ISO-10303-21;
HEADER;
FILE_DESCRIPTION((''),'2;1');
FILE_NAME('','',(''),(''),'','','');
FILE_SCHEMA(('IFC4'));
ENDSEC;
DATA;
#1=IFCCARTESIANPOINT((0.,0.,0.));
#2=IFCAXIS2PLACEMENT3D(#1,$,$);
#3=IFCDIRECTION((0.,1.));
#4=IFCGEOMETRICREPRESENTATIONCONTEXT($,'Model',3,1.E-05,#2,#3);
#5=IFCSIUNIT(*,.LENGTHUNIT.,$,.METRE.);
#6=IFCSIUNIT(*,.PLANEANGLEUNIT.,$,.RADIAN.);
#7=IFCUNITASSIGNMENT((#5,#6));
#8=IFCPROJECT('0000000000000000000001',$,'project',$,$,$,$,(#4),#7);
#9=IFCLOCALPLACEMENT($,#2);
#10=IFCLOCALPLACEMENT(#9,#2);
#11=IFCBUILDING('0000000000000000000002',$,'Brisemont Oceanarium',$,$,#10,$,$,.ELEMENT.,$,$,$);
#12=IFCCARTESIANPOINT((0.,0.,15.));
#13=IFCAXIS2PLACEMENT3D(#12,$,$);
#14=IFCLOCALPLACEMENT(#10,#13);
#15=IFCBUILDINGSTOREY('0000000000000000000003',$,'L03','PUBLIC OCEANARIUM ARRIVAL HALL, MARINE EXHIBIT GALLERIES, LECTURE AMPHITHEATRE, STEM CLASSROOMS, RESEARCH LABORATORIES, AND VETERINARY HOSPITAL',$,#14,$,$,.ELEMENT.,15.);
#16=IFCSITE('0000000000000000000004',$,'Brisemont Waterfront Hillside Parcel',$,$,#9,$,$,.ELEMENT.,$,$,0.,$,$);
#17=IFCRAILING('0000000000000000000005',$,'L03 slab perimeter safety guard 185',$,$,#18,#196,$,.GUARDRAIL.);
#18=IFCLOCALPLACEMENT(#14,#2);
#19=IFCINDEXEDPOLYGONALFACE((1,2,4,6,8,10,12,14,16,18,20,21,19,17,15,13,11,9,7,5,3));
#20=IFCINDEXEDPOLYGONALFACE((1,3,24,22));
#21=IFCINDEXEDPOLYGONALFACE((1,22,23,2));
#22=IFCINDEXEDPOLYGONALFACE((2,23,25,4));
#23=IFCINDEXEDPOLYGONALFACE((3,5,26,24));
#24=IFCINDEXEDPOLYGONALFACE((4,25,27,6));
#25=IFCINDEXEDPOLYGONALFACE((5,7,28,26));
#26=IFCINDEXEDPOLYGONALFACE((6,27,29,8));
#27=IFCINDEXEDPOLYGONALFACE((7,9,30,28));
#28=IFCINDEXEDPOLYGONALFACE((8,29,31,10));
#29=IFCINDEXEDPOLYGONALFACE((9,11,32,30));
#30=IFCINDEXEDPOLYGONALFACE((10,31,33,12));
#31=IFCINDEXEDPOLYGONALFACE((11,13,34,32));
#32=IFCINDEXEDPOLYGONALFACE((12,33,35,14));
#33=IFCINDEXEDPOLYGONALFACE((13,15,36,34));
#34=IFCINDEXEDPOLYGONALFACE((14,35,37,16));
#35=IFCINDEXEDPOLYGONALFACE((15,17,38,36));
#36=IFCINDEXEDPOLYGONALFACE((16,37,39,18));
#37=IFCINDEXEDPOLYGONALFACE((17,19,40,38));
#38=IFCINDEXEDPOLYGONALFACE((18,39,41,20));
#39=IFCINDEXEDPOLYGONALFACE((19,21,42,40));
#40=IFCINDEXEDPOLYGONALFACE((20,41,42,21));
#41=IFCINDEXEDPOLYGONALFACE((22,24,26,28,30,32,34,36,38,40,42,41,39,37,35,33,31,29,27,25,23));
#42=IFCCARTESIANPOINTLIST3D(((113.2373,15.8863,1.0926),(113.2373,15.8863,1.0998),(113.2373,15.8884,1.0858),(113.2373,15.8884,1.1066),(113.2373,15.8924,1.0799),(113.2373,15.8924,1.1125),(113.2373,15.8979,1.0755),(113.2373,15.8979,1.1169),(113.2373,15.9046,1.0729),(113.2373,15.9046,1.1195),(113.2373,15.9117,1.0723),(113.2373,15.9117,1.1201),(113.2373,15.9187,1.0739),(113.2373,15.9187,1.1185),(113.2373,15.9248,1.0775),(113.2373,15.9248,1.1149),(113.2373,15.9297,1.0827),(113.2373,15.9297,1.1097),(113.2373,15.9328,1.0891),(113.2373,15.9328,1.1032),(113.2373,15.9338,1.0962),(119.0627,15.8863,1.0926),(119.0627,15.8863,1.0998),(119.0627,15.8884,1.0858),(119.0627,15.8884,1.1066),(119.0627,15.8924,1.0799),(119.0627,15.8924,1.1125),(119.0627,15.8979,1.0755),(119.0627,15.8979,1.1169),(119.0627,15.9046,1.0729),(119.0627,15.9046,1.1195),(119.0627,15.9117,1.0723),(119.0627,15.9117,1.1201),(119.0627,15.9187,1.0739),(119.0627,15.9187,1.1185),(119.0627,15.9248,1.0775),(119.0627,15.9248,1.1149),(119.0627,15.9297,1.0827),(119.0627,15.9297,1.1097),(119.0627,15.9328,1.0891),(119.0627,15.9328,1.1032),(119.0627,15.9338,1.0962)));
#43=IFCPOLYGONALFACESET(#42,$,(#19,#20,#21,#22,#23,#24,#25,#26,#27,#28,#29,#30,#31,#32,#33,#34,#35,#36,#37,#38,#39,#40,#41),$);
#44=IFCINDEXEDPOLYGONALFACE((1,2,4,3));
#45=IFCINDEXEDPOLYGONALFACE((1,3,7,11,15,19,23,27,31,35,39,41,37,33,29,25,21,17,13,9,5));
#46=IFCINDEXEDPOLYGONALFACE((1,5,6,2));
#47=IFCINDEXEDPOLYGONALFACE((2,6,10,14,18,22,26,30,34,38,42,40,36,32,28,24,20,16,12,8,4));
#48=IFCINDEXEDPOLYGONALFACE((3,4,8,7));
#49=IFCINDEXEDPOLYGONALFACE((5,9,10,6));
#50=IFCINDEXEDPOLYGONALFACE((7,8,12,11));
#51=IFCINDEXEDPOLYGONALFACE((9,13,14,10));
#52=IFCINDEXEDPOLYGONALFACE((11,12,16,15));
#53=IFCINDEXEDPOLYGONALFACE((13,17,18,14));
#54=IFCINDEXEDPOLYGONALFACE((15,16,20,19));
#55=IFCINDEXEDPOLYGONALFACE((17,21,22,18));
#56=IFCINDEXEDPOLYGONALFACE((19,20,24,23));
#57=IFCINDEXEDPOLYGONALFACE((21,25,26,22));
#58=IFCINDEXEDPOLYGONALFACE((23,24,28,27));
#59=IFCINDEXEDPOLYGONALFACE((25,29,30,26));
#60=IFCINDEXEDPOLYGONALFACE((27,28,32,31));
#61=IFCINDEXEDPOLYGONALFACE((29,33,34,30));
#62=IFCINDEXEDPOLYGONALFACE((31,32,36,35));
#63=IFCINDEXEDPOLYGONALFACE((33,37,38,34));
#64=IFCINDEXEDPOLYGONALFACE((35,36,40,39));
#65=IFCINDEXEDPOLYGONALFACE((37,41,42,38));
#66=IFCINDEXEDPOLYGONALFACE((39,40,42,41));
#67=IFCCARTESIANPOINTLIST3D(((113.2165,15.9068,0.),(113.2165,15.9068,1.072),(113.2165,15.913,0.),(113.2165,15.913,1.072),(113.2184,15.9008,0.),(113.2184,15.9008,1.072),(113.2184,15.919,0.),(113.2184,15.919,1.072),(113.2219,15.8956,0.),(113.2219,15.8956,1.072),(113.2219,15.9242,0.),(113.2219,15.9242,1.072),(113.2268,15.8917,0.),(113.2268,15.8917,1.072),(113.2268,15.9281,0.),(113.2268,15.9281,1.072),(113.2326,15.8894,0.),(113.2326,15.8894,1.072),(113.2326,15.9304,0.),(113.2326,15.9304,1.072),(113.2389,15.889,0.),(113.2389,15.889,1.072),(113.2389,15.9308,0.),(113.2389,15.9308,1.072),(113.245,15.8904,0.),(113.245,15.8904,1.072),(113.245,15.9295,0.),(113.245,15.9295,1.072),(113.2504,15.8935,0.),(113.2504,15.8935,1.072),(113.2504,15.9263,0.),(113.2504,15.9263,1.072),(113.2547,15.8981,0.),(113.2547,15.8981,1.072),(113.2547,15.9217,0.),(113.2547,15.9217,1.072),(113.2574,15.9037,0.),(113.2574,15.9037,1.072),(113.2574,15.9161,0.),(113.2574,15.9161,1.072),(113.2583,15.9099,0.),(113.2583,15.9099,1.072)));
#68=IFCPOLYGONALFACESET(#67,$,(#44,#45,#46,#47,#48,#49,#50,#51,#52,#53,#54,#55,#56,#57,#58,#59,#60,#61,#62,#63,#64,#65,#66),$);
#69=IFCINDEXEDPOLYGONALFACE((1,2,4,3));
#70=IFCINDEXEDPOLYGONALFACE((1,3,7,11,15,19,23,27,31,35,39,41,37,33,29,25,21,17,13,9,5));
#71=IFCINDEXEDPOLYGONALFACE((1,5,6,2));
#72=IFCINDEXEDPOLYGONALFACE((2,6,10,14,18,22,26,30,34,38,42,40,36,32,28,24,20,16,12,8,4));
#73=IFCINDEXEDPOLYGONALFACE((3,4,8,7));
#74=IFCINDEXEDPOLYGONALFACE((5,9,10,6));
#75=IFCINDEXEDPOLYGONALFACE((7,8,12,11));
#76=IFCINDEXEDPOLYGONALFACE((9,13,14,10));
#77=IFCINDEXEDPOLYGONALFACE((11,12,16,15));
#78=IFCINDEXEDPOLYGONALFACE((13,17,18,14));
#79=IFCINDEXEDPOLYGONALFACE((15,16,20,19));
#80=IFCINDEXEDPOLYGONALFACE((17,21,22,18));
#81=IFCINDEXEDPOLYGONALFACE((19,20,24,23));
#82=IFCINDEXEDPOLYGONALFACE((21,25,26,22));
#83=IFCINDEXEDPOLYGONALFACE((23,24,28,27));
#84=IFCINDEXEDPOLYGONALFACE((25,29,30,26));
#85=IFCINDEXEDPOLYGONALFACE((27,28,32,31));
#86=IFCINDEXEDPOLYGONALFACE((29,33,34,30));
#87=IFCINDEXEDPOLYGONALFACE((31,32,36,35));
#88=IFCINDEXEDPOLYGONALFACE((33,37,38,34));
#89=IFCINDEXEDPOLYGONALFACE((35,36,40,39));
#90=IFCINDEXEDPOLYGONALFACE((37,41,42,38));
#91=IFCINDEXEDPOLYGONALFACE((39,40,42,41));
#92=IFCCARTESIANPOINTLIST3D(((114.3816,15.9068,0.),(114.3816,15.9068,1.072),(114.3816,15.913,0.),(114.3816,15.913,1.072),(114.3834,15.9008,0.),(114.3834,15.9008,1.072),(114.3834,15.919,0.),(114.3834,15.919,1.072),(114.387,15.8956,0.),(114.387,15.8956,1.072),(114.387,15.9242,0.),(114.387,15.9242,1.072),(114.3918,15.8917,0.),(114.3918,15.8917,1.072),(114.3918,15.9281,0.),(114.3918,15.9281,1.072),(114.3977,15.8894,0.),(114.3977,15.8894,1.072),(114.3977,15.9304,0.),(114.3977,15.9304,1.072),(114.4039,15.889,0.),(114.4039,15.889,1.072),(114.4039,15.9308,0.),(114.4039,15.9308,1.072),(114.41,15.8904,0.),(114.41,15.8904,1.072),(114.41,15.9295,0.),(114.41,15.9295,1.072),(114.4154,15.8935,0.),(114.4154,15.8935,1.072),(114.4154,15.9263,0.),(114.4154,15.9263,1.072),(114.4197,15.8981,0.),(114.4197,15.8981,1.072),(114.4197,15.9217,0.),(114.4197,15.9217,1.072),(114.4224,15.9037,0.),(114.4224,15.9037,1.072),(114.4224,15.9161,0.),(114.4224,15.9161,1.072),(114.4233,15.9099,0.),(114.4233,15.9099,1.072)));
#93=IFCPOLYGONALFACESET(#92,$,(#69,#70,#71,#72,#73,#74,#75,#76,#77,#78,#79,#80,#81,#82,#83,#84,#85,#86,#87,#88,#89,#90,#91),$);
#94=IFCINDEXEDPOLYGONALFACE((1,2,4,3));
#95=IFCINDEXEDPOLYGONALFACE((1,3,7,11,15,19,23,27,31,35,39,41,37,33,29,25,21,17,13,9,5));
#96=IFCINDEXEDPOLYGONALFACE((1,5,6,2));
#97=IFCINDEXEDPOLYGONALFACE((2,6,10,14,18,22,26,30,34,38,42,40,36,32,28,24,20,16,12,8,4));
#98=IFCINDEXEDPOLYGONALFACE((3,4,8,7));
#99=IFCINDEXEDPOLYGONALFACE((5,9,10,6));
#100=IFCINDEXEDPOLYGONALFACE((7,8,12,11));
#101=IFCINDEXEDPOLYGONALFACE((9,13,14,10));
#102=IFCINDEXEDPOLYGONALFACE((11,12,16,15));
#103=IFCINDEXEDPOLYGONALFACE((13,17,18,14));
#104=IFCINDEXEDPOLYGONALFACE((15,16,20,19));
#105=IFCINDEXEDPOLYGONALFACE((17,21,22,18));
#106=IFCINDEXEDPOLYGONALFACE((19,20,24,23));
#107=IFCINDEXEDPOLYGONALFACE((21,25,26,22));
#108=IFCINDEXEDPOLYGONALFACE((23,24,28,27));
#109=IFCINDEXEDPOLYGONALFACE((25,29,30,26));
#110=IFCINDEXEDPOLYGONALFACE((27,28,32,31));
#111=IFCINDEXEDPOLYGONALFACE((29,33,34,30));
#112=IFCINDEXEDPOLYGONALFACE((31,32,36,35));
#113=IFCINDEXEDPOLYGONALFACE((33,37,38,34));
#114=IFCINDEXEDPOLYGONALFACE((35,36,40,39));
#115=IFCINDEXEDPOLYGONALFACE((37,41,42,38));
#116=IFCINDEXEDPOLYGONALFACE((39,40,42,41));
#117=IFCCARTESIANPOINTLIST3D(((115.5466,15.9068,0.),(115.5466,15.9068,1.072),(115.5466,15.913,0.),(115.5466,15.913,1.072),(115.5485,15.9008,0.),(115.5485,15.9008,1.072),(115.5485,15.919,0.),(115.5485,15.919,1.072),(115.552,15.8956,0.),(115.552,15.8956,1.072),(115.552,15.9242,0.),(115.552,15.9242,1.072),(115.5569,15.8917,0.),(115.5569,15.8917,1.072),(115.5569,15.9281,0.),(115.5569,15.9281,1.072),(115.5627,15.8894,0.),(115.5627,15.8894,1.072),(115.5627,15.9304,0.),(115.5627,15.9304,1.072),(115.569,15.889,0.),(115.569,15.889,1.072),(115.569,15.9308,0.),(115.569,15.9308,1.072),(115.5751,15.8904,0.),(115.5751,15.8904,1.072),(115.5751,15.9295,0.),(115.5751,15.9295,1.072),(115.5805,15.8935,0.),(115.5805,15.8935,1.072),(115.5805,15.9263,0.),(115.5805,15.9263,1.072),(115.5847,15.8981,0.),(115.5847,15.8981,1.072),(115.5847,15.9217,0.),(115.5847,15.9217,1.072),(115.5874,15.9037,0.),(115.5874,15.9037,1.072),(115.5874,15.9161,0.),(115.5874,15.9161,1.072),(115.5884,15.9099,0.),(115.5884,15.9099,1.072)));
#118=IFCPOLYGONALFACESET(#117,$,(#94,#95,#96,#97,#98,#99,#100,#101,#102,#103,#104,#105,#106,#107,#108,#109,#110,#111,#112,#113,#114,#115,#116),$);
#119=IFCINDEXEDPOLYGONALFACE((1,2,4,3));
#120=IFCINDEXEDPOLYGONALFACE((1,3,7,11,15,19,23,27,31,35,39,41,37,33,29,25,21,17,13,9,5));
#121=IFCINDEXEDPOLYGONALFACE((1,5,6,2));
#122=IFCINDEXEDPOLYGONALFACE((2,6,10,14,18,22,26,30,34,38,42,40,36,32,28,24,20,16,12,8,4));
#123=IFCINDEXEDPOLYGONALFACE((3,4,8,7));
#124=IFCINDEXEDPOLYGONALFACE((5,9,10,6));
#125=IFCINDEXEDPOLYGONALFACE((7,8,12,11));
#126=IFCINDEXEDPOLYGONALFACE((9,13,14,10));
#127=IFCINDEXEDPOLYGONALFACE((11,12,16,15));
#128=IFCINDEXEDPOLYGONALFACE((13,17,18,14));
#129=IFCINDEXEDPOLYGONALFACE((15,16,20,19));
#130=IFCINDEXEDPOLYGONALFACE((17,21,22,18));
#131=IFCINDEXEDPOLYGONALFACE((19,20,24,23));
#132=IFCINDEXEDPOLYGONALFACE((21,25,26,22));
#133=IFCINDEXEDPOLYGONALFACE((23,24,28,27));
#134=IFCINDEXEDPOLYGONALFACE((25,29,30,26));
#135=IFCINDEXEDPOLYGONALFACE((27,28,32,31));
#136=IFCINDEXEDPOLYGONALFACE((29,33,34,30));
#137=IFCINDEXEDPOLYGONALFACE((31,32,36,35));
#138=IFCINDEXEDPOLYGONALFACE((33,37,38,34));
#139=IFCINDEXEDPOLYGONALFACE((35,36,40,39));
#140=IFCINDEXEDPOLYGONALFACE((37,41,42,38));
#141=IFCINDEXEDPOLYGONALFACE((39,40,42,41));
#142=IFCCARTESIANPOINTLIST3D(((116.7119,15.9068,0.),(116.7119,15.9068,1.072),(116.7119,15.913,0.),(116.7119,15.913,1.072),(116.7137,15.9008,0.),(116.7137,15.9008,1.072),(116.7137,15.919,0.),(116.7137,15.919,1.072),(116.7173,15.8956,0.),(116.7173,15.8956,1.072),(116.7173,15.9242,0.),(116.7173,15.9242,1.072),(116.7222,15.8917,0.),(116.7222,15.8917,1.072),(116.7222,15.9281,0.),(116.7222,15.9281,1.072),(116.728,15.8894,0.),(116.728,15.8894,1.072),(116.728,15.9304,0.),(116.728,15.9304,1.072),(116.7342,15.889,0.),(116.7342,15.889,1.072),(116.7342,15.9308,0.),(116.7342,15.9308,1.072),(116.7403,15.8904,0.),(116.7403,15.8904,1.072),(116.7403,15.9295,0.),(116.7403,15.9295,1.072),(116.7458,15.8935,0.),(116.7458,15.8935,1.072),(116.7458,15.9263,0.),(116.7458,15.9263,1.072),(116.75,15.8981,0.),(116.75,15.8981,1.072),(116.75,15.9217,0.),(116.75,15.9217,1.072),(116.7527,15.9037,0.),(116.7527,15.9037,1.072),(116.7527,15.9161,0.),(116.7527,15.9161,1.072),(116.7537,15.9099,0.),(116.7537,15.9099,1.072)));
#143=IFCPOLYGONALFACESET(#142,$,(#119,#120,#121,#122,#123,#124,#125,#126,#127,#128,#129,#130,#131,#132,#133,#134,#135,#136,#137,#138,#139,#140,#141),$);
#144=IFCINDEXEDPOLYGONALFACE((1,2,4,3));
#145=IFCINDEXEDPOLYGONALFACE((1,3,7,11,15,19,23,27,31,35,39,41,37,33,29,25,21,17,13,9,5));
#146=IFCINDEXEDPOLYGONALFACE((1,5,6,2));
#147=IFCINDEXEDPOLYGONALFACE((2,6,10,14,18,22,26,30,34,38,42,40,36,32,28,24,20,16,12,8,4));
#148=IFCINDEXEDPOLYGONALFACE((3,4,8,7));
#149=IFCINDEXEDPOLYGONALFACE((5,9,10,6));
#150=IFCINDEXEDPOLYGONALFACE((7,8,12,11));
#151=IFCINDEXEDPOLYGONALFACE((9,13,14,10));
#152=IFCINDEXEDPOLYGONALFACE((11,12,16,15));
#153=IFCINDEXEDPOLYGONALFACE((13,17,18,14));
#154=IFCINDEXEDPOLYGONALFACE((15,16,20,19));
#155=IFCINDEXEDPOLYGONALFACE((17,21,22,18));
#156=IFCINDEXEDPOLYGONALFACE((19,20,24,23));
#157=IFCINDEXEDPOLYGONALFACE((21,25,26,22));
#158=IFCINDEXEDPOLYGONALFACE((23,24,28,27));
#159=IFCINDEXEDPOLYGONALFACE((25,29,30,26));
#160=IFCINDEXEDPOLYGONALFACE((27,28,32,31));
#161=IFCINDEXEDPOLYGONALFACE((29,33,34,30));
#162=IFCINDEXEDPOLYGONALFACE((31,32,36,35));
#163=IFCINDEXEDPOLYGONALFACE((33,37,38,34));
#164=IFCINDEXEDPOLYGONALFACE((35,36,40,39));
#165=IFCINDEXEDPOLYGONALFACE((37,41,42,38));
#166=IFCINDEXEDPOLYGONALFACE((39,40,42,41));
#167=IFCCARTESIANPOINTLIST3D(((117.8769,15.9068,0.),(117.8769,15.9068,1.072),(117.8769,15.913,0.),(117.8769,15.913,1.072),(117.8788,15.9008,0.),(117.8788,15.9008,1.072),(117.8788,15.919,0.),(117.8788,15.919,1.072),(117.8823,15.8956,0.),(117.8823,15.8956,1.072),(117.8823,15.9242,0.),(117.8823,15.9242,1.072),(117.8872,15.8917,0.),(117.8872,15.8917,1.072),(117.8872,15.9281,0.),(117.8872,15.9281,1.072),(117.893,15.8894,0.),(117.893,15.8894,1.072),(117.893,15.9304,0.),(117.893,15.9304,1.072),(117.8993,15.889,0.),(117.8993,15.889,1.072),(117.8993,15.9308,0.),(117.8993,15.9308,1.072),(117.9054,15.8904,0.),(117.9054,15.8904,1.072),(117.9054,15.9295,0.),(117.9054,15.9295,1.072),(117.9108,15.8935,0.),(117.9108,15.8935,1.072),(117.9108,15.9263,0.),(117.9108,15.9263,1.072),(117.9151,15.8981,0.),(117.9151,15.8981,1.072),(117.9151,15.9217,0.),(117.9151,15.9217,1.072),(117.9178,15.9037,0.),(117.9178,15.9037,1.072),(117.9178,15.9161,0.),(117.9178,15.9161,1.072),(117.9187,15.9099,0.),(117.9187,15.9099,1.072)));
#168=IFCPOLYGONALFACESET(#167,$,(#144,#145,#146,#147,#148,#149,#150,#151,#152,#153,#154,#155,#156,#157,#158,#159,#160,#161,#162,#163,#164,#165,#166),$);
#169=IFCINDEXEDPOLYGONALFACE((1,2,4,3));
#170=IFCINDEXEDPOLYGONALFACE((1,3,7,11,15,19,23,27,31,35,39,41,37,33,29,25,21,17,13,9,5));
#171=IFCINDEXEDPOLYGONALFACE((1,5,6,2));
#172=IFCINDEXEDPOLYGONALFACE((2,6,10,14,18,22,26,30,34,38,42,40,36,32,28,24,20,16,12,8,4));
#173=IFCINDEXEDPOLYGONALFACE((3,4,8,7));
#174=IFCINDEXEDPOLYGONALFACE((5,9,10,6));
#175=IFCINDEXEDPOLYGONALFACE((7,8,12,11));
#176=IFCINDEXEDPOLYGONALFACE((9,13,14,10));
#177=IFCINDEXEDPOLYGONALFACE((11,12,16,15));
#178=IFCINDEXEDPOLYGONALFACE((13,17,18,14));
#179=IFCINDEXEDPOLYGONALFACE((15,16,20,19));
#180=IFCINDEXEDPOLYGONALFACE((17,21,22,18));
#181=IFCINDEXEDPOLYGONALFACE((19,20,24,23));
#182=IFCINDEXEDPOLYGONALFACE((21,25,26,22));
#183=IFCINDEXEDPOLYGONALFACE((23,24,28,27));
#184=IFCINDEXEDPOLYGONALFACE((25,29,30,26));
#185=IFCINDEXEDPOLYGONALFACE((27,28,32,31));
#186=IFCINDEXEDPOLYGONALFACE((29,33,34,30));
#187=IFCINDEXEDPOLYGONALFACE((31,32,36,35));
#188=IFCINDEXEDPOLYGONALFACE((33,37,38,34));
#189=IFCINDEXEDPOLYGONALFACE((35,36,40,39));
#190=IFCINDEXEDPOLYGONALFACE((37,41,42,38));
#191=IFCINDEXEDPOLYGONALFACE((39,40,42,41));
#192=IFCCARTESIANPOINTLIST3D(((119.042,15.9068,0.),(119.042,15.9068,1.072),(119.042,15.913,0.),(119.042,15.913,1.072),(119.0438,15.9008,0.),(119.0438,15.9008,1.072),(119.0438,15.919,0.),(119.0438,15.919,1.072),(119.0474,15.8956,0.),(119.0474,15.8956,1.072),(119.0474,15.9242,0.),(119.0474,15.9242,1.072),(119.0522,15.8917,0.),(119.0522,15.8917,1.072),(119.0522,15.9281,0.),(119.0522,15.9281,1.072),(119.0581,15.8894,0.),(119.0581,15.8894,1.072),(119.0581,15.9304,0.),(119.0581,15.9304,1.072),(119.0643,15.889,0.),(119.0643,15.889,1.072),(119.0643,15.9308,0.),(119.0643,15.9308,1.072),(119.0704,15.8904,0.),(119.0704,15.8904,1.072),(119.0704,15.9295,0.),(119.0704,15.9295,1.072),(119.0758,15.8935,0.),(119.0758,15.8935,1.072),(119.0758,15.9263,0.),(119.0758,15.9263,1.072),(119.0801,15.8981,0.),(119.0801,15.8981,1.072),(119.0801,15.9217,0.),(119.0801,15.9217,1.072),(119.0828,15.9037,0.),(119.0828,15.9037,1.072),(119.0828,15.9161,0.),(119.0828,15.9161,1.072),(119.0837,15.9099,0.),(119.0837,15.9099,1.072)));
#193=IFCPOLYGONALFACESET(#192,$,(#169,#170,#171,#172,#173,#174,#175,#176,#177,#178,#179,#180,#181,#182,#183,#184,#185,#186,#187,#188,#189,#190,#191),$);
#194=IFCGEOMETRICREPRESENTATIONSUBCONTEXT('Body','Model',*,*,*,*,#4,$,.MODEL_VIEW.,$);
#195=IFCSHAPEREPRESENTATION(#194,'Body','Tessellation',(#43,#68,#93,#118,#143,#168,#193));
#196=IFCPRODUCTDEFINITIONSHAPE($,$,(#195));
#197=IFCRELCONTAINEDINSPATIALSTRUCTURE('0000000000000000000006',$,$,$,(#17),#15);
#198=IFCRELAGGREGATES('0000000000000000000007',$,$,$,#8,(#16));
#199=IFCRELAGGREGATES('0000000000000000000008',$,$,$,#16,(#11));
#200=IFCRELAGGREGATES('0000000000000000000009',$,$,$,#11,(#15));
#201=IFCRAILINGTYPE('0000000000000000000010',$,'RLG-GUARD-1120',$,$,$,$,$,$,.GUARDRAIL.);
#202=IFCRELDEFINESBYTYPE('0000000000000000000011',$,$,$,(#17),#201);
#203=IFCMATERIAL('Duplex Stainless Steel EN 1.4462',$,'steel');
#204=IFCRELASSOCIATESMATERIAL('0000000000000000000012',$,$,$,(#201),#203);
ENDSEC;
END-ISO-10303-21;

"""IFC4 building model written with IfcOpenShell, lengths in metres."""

from ifc_helpers import new_model, si_unit, direction, frame, origin, origin_2d, place, context, subcontext, project, spatial, circle, extrude, material, type_object, element, save


model = new_model("IFC4")

# Units and contexts
model_context = context("Model", 3, precision=1e-05, world=origin(), true_north=direction((0.0, 1.0)))
body_context = subcontext(model_context, "Body", "Model", "MODEL_VIEW")
ifc_project = project(units=[si_unit("LENGTHUNIT", "METRE"), si_unit("PLANEANGLEUNIT", "RADIAN")], contexts=[model_context])

# Site, building, storey
site_placement = place(None, origin())
site = spatial("IfcSite", under=ifc_project, at=site_placement, Name="Brisemont Waterfront Hillside Parcel", CompositionType="ELEMENT", RefElevation=0.0)
building_placement = place(site_placement, origin())
building = spatial("IfcBuilding", under=site, at=building_placement, Name="Brisemont Oceanarium", CompositionType="ELEMENT")
storey_placement = place(building_placement, frame((0.0, 0.0, 15.0)))
storey = spatial("IfcBuildingStorey", under=building, at=storey_placement, Name="L03", Description="PUBLIC OCEANARIUM ARRIVAL HALL, MARINE EXHIBIT GALLERIES, LECTURE AMPHITHEATRE, STEM CLASSROOMS, RESEARCH LABORATORIES, AND VETERINARY HOSPITAL", CompositionType="ELEMENT", Elevation=15.0)

# Railing
ifc_material_1 = material(Name="Duplex Stainless Steel EN 1.4462", Category="steel")
railing_type = type_object("IfcRailingType", Name="RLG-GUARD-1120", PredefinedType="GUARDRAIL", material=ifc_material_1)
railing_1_placement = place(storey_placement, frame((113.2373, 15.9099, 0.0)))
element("IfcRailing", 1, at=railing_1_placement, inside=storey, type_object=railing_type, Name="L03 slab perimeter safety guard 185", PredefinedType="GUARDRAIL", context=body_context, shape_type="SweptSolid", body=[
    extrude(circle(Radius=0.0239, at=origin_2d()), frame((0.0, 0.0, 1.0962), z_axis=(1.0, 0.0, 0.0), x_axis=(0.0, 1.0, 0.0)), (0.0, 0.0, 1.0), 5.8254),
    extrude(circle(Radius=0.021, at=origin_2d()), origin(), (0.0, 0.0, 1.0), 1.072),
    extrude(circle(Radius=0.021, at=origin_2d()), frame((1.165, 0.0, 0.0)), (0.0, 0.0, 1.0), 1.072),
    extrude(circle(Radius=0.021, at=origin_2d()), frame((2.3301, 0.0, 0.0)), (0.0, 0.0, 1.0), 1.072),
    extrude(circle(Radius=0.021, at=origin_2d()), frame((3.4954, 0.0, 0.0)), (0.0, 0.0, 1.0), 1.072),
    extrude(circle(Radius=0.021, at=origin_2d()), frame((4.6604, 0.0, 0.0)), (0.0, 0.0, 1.0), 1.072),
    extrude(circle(Radius=0.021, at=origin_2d()), frame((5.8254, 0.0, 0.0)), (0.0, 0.0, 1.0), 1.072),
])

save(model, "model.ifc")
